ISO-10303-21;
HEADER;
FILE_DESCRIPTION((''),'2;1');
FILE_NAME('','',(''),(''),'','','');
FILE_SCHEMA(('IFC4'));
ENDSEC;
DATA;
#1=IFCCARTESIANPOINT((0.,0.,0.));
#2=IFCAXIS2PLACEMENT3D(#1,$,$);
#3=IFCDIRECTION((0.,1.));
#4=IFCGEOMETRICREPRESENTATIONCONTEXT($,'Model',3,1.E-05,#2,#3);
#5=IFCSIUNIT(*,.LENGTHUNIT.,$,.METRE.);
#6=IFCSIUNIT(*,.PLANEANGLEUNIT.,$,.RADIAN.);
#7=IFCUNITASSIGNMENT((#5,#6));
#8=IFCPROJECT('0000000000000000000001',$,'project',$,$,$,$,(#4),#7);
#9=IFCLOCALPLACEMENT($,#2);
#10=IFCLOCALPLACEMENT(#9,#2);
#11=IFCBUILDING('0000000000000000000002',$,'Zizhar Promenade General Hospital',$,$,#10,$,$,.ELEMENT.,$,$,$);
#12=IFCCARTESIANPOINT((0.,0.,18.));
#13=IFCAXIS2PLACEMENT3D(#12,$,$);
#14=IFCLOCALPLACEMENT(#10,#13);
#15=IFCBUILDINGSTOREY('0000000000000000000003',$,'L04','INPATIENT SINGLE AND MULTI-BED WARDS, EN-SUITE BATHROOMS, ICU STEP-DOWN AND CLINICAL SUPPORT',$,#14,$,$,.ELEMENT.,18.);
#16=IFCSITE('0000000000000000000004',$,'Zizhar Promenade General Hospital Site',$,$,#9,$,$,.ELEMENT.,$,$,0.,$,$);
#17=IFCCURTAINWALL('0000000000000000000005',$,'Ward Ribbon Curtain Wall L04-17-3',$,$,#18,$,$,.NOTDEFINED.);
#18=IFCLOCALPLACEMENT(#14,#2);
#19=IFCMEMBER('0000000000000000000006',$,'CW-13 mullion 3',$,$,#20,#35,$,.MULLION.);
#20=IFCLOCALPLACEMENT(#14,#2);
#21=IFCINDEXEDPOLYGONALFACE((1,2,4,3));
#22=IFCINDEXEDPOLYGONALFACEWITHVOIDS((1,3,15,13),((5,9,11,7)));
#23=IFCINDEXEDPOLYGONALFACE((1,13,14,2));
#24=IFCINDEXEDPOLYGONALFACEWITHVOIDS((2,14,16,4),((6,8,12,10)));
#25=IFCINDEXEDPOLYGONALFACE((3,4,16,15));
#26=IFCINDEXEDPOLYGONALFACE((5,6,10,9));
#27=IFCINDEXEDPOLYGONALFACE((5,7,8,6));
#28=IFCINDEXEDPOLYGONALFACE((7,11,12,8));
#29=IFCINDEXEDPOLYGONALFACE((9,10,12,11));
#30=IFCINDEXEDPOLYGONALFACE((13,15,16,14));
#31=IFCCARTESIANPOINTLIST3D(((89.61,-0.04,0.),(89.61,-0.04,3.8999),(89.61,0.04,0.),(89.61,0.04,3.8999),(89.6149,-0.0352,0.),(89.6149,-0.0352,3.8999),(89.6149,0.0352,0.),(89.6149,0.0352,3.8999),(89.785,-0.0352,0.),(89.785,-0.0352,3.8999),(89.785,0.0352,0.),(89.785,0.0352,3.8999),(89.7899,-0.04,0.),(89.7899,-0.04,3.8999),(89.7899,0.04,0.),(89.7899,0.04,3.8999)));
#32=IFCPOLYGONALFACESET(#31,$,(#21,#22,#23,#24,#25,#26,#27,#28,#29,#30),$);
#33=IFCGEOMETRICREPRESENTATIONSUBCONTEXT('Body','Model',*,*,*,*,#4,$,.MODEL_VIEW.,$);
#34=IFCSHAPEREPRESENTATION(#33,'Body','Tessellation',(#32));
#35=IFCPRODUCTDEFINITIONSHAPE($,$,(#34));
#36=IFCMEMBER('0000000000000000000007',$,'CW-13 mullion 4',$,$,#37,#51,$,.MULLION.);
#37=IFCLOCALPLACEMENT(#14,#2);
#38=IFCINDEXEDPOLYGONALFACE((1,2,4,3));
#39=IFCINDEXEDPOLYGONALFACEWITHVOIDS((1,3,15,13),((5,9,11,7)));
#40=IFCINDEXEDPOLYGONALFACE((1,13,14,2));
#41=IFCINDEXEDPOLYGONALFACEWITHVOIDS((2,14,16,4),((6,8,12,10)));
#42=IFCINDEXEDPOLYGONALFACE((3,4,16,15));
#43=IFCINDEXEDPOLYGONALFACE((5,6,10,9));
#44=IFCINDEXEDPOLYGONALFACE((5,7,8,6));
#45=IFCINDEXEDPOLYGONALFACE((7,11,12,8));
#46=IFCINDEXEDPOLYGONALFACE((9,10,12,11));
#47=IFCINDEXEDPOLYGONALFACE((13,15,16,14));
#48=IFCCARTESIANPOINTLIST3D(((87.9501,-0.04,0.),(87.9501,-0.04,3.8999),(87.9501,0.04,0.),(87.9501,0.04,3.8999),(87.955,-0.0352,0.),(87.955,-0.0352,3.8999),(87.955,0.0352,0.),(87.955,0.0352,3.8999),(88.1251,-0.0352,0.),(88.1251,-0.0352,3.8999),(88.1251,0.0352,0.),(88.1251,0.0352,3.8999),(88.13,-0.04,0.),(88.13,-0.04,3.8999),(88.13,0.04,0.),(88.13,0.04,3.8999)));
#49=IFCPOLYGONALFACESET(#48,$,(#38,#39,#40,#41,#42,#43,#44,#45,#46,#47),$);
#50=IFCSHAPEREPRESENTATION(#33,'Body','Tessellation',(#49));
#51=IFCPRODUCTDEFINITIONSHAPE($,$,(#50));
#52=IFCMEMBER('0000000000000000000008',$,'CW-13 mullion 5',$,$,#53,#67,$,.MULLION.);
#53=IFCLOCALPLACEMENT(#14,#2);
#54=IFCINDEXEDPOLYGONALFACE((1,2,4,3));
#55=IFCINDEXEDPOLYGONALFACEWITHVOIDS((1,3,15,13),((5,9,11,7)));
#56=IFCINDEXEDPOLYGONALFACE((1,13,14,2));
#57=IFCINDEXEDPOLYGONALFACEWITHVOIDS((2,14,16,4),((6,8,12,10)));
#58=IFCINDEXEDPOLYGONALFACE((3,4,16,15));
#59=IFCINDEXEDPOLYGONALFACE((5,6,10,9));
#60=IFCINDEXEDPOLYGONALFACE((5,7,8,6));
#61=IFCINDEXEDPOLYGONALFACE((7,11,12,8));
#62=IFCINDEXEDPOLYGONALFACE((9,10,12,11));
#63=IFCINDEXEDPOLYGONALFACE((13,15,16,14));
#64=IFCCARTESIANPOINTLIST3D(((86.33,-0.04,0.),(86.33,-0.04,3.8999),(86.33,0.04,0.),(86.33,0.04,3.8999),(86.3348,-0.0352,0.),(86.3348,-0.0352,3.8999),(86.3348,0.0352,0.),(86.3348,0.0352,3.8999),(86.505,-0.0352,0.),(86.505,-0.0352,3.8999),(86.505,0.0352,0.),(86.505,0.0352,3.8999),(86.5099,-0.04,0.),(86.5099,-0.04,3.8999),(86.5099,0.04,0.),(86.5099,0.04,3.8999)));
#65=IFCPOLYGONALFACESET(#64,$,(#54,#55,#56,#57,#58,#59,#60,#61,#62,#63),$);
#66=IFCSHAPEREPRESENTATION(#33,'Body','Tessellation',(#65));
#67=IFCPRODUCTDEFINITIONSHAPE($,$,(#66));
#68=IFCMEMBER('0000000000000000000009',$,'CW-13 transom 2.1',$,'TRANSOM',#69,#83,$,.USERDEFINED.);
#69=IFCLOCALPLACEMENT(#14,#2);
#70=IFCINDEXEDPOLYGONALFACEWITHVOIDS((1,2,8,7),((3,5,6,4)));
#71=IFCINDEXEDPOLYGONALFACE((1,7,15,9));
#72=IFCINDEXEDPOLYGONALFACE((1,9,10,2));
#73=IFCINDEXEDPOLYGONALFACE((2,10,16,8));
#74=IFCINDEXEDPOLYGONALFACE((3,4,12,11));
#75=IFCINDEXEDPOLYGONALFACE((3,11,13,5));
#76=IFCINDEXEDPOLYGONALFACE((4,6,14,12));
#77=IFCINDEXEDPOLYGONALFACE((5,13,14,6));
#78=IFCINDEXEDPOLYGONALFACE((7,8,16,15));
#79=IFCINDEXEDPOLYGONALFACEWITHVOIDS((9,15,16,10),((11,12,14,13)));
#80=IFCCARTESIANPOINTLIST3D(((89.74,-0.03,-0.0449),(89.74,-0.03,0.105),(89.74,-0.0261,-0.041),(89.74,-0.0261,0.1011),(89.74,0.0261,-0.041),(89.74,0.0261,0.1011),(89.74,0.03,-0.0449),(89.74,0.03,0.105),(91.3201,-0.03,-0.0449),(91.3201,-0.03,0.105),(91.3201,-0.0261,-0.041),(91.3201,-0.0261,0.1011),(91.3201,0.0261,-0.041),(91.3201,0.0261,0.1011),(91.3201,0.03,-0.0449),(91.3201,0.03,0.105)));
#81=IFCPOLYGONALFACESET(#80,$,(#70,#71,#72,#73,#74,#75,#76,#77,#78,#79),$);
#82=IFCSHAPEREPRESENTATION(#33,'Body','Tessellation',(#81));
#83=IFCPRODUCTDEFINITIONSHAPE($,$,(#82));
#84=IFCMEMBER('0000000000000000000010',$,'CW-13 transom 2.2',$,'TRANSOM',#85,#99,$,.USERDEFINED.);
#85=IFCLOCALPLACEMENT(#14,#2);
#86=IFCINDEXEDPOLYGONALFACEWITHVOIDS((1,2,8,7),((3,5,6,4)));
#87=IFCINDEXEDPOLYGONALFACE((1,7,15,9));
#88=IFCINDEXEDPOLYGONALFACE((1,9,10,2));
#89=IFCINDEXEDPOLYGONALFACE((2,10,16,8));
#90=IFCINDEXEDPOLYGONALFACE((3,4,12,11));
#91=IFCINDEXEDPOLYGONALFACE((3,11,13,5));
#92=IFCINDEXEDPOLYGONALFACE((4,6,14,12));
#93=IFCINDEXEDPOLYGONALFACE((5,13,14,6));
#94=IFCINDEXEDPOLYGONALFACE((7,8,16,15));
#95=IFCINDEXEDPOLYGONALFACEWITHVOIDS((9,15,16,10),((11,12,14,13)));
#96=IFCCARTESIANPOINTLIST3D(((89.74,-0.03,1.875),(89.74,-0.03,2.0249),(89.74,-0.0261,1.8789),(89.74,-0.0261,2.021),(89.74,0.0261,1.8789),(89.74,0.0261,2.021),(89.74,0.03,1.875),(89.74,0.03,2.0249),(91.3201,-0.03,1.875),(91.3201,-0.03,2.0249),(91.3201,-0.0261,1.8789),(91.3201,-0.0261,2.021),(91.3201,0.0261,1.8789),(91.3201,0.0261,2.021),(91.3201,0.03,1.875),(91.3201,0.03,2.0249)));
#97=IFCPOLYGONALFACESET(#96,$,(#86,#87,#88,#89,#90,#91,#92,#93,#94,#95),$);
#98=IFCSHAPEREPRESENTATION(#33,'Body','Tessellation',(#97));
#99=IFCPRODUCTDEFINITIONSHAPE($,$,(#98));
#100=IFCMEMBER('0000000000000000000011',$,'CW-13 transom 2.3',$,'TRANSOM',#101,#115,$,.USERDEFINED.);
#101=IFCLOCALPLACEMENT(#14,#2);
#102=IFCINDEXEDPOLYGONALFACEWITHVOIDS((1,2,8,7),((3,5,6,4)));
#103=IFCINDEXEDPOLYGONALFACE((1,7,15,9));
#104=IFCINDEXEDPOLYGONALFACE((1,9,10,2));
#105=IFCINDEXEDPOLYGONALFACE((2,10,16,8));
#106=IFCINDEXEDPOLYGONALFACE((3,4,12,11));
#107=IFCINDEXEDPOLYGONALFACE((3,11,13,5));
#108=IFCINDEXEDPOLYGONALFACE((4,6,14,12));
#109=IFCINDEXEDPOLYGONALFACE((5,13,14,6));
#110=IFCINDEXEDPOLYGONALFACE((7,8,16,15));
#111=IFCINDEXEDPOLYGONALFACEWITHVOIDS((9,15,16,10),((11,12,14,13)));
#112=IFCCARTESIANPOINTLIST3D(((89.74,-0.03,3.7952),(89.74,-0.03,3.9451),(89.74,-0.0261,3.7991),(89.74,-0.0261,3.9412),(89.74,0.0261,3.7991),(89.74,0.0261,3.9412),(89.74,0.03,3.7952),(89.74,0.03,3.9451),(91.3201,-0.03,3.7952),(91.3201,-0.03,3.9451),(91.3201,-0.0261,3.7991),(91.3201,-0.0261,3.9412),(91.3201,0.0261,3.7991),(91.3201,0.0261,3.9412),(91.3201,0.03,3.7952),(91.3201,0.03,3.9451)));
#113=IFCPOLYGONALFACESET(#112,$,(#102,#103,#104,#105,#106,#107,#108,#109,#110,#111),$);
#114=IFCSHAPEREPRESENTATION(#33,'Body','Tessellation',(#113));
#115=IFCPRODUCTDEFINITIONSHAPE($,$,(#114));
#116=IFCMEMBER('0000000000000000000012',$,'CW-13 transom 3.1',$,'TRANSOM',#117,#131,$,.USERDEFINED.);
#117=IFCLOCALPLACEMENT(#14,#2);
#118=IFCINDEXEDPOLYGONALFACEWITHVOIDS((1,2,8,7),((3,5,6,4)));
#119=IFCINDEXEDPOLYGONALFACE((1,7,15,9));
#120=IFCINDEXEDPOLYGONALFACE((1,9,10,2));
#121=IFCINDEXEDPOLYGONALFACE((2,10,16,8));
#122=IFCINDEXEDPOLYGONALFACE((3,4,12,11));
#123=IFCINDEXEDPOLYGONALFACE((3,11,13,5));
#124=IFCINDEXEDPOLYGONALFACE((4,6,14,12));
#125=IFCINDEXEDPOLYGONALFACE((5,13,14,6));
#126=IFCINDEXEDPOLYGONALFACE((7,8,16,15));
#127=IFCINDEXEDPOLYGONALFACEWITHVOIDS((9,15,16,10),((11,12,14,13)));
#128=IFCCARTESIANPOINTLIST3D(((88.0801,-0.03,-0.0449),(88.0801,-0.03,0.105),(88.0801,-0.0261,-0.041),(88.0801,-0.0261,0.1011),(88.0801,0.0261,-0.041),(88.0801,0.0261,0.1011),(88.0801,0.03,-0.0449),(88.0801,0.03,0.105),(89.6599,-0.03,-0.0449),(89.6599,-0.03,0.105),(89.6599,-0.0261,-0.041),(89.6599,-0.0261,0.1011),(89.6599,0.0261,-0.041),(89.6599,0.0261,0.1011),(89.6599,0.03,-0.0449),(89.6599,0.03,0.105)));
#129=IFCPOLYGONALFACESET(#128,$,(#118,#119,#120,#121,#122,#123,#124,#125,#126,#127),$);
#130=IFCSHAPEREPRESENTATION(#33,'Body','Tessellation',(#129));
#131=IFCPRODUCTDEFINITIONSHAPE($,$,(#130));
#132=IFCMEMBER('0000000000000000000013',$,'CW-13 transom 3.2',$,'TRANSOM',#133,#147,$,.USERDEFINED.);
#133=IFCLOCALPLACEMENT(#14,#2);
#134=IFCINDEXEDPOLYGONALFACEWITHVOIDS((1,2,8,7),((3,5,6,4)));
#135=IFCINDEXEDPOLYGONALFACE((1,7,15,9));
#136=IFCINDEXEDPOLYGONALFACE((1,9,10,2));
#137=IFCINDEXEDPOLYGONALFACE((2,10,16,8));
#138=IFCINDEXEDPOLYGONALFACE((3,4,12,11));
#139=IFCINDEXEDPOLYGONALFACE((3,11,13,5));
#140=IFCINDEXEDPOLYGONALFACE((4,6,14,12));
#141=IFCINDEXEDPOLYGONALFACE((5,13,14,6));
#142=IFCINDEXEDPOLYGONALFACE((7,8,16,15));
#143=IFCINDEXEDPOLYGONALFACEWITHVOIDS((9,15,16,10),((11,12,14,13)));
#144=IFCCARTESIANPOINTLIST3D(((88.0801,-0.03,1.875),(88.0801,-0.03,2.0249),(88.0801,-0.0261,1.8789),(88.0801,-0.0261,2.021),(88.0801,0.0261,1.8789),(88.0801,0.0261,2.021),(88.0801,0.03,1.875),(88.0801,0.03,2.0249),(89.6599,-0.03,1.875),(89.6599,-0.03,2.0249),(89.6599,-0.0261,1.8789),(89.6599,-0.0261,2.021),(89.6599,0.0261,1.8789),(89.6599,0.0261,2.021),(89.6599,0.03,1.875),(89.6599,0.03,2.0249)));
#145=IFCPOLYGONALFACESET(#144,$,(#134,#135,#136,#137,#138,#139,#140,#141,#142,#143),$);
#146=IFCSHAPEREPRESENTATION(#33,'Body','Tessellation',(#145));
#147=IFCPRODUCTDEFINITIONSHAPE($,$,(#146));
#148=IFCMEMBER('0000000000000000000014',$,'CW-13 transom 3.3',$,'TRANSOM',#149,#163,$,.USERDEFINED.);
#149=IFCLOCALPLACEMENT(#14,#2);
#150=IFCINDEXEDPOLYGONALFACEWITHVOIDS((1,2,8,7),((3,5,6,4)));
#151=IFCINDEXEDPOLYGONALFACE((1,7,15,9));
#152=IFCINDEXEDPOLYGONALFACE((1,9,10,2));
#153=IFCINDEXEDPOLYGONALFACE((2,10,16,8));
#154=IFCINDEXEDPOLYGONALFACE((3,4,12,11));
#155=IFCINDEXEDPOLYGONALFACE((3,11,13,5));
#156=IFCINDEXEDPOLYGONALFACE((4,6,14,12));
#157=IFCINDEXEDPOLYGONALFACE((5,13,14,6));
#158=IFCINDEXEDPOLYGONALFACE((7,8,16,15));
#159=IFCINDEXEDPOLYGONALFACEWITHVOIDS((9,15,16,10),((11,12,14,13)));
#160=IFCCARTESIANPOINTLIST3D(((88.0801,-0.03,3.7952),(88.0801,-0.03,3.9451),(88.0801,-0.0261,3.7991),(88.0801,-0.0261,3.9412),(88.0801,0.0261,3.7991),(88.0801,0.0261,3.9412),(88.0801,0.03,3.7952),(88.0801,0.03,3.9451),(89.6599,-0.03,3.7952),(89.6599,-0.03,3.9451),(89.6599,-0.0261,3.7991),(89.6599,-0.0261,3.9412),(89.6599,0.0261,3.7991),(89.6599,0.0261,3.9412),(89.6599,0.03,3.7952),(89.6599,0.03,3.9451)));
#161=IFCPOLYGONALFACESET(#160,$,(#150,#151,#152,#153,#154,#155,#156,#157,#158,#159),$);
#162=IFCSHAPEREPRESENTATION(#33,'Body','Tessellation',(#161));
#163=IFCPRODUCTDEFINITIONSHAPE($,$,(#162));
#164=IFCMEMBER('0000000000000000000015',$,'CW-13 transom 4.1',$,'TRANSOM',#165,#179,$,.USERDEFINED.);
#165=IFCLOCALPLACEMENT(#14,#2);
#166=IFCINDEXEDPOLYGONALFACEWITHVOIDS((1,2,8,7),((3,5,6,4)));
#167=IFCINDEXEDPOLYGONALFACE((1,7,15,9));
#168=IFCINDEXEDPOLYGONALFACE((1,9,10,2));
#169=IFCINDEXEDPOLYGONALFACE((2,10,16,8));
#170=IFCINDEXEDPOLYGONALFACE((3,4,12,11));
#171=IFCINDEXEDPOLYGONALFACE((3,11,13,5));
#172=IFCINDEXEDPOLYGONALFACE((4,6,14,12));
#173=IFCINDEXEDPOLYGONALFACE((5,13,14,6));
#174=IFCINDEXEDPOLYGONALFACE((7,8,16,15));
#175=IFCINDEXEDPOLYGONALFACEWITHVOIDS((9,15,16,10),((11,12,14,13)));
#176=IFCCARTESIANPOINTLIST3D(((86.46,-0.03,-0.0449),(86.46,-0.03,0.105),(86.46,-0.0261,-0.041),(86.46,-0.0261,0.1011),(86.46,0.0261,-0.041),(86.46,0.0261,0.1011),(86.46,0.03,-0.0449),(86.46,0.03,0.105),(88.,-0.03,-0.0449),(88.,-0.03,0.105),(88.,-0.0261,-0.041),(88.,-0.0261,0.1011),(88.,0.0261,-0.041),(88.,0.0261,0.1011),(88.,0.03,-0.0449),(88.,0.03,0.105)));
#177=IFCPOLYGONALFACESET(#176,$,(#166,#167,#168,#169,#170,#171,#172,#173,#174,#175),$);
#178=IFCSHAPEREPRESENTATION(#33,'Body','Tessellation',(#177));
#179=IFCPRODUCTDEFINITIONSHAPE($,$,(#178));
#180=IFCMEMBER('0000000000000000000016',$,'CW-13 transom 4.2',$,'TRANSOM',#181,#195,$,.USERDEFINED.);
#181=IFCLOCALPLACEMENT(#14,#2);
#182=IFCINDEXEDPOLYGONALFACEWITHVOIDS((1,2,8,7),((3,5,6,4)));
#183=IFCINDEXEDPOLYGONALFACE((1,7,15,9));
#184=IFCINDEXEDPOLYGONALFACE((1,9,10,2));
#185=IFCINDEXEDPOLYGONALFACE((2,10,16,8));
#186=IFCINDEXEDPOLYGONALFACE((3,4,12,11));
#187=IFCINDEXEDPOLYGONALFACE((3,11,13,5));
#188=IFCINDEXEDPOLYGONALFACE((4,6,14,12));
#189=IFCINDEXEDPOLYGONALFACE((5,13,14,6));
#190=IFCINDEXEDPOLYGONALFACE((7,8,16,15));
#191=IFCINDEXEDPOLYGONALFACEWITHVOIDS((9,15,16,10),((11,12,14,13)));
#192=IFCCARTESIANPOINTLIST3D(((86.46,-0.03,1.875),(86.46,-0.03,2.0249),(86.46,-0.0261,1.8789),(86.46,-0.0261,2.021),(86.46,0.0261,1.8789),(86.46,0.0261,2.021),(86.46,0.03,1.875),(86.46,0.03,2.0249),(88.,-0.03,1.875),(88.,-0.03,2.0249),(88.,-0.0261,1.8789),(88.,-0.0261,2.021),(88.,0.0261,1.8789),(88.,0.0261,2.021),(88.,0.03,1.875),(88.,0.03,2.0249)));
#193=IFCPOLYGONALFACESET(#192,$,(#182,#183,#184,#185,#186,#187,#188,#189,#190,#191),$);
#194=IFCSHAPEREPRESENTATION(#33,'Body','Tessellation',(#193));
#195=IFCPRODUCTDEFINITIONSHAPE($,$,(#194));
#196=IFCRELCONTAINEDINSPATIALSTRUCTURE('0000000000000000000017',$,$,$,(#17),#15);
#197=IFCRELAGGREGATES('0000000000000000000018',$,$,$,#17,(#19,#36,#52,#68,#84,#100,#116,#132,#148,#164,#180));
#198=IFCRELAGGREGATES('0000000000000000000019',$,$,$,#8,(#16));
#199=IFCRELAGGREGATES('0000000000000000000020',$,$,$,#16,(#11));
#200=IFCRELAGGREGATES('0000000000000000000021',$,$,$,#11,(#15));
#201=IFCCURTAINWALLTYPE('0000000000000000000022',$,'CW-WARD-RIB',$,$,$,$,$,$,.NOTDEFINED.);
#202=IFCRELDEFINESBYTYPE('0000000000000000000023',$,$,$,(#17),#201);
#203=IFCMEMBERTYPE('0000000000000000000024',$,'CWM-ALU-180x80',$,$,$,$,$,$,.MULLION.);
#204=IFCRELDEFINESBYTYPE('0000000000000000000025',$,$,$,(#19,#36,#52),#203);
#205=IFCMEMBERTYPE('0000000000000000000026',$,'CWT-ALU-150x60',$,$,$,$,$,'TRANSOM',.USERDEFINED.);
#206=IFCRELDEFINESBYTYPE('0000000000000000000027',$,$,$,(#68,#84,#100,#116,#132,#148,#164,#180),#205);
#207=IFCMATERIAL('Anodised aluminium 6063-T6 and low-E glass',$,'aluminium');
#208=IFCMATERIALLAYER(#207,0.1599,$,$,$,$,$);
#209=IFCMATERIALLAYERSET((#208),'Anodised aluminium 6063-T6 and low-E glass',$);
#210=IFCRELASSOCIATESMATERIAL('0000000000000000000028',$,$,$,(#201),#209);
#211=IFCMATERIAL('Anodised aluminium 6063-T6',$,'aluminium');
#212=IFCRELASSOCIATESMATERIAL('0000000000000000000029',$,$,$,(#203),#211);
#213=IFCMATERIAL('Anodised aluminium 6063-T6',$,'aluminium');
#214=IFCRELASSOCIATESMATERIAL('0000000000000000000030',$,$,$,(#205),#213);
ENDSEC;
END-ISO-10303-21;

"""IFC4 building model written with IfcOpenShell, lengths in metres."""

from ifc_helpers import new_model, si_unit, direction, frame, origin, origin_2d, place, context, subcontext, project, spatial, hollow_rectangle, extrude, material, layer, layer_set, material_profile, profile_set, type_object, element, aggregate, save


model = new_model("IFC4")

# Units and contexts
model_context = context("Model", 3, precision=1e-05, world=origin(), true_north=direction((0.0, 1.0)))
body_context = subcontext(model_context, "Body", "Model", "MODEL_VIEW")
ifc_project = project(units=[si_unit("LENGTHUNIT", "METRE"), si_unit("PLANEANGLEUNIT", "RADIAN")], contexts=[model_context])

# Site, building, storey
site_placement = place(None, origin())
site = spatial("IfcSite", under=ifc_project, at=site_placement, Name="Zizhar Promenade General Hospital Site", CompositionType="ELEMENT", RefElevation=0.0)
building_placement = place(site_placement, origin())
building = spatial("IfcBuilding", under=site, at=building_placement, Name="Zizhar Promenade General Hospital", CompositionType="ELEMENT")
storey_placement = place(building_placement, frame((0.0, 0.0, 18.0)))
storey = spatial("IfcBuildingStorey", under=building, at=storey_placement, Name="L04", Description="INPATIENT SINGLE AND MULTI-BED WARDS, EN-SUITE BATHROOMS, ICU STEP-DOWN AND CLINICAL SUPPORT", CompositionType="ELEMENT", Elevation=18.0)

# Curtain wall, members
ifc_material_1 = material(Name="Anodised aluminium 6063-T6 and low-E glass", Category="aluminium")
ifc_layer_1 = layer(ifc_material_1, 0.1599)
ifc_layer_set_1 = layer_set([ifc_layer_1], Name="Anodised aluminium 6063-T6 and low-E glass")
curtain_wall_type = type_object("IfcCurtainWallType", Name="CW-WARD-RIB", PredefinedType="NOTDEFINED", material=ifc_layer_set_1)
curtain_wall_placement = place(storey_placement, origin())
curtain_wall = element("IfcCurtainWall", 1, at=curtain_wall_placement, inside=storey, type_object=curtain_wall_type, Name="Ward Ribbon Curtain Wall L04-17-3", PredefinedType="NOTDEFINED")
ifc_material_2 = material(Name="Anodised aluminium 6063-T6", Category="aluminium")
ifc_material_profile_1 = material_profile(ifc_material_2, hollow_rectangle(XDim=0.0801, YDim=0.1799, WallThickness=0.0049, at=origin_2d()))
ifc_profile_set_1 = profile_set([ifc_material_profile_1], Name="Anodised aluminium 6063-T6")
member_type_1 = type_object("IfcMemberType", Name="CWM-ALU-180x80", PredefinedType="MULLION", material=ifc_profile_set_1)
member_1_placement = place(storey_placement, frame((89.7, 0.0, 0.0), z_axis=(0.0, 0.0, 1.0), x_axis=(0.0, -1.0, 0.0)))
member_1 = element("IfcMember", 2, at=member_1_placement, type_object=member_type_1, Name="CW-13 mullion 3", PredefinedType="MULLION", context=body_context, shape_type="SweptSolid", body=[
    extrude(hollow_rectangle(XDim=0.0801, YDim=0.1799, WallThickness=0.0049, at=origin_2d()), origin(), (0.0, 0.0, 1.0), 3.8999),
])
member_2_placement = place(storey_placement, frame((88.04, 0.0, 0.0), z_axis=(0.0, 0.0, 1.0), x_axis=(0.0, -1.0, 0.0)))
member_2 = element("IfcMember", 3, at=member_2_placement, type_object=member_type_1, Name="CW-13 mullion 4", PredefinedType="MULLION", context=body_context, shape_type="SweptSolid", body=[
    extrude(hollow_rectangle(XDim=0.0801, YDim=0.1799, WallThickness=0.0049, at=origin_2d()), origin(), (0.0, 0.0, 1.0), 3.8999),
])
member_3_placement = place(storey_placement, frame((86.4199, 0.0, 0.0), z_axis=(0.0, 0.0, 1.0), x_axis=(0.0, -1.0, 0.0)))
member_3 = element("IfcMember", 4, at=member_3_placement, type_object=member_type_1, Name="CW-13 mullion 5", PredefinedType="MULLION", context=body_context, shape_type="SweptSolid", body=[
    extrude(hollow_rectangle(XDim=0.0801, YDim=0.1799, WallThickness=0.0049, at=origin_2d()), origin(), (0.0, 0.0, 1.0), 3.8999),
])
ifc_material_3 = material(Name="Anodised aluminium 6063-T6", Category="aluminium")
ifc_material_profile_2 = material_profile(ifc_material_3, hollow_rectangle(XDim=0.0601, YDim=0.1499, WallThickness=0.0039, at=origin_2d()))
ifc_profile_set_2 = profile_set([ifc_material_profile_2], Name="Anodised aluminium 6063-T6")
member_type_2 = type_object("IfcMemberType", Name="CWT-ALU-150x60", ElementType="TRANSOM", PredefinedType="USERDEFINED", material=ifc_profile_set_2)
member_4_placement = place(storey_placement, frame((91.3201, 0.0, 0.03), z_axis=(-1.0, 0.0, 0.0), x_axis=(0.0, -1.0, 0.0)))
member_4 = element("IfcMember", 5, at=member_4_placement, type_object=member_type_2, Name="CW-13 transom 2.1", ObjectType="TRANSOM", PredefinedType="USERDEFINED", context=body_context, shape_type="SweptSolid", body=[
    extrude(hollow_rectangle(XDim=0.0601, YDim=0.1499, WallThickness=0.0039, at=origin_2d()), origin(), (0.0, 0.0, 1.0), 1.5801),
])
member_5_placement = place(storey_placement, frame((91.3201, 0.0, 1.95), z_axis=(-1.0, 0.0, 0.0), x_axis=(0.0, -1.0, 0.0)))
member_5 = element("IfcMember", 6, at=member_5_placement, type_object=member_type_2, Name="CW-13 transom 2.2", ObjectType="TRANSOM", PredefinedType="USERDEFINED", context=body_context, shape_type="SweptSolid", body=[
    extrude(hollow_rectangle(XDim=0.0601, YDim=0.1499, WallThickness=0.0039, at=origin_2d()), origin(), (0.0, 0.0, 1.0), 1.5801),
])
member_6_placement = place(storey_placement, frame((91.3201, 0.0, 3.8701), z_axis=(-1.0, 0.0, 0.0), x_axis=(0.0, -1.0, 0.0)))
member_6 = element("IfcMember", 7, at=member_6_placement, type_object=member_type_2, Name="CW-13 transom 2.3", ObjectType="TRANSOM", PredefinedType="USERDEFINED", context=body_context, shape_type="SweptSolid", body=[
    extrude(hollow_rectangle(XDim=0.0601, YDim=0.1499, WallThickness=0.0039, at=origin_2d()), origin(), (0.0, 0.0, 1.0), 1.5801),
])
member_7_placement = place(storey_placement, frame((89.6599, 0.0, 0.03), z_axis=(-1.0, 0.0, 0.0), x_axis=(0.0, -1.0, 0.0)))
member_7 = element("IfcMember", 8, at=member_7_placement, type_object=member_type_2, Name="CW-13 transom 3.1", ObjectType="TRANSOM", PredefinedType="USERDEFINED", context=body_context, shape_type="SweptSolid", body=[
    extrude(hollow_rectangle(XDim=0.0601, YDim=0.1499, WallThickness=0.0039, at=origin_2d()), origin(), (0.0, 0.0, 1.0), 1.5798),
])
member_8_placement = place(storey_placement, frame((89.6599, 0.0, 1.95), z_axis=(-1.0, 0.0, 0.0), x_axis=(0.0, -1.0, 0.0)))
member_8 = element("IfcMember", 9, at=member_8_placement, type_object=member_type_2, Name="CW-13 transom 3.2", ObjectType="TRANSOM", PredefinedType="USERDEFINED", context=body_context, shape_type="SweptSolid", body=[
    extrude(hollow_rectangle(XDim=0.0601, YDim=0.1499, WallThickness=0.0039, at=origin_2d()), origin(), (0.0, 0.0, 1.0), 1.5798),
])
member_9_placement = place(storey_placement, frame((89.6599, 0.0, 3.8701), z_axis=(-1.0, 0.0, 0.0), x_axis=(0.0, -1.0, 0.0)))
member_9 = element("IfcMember", 10, at=member_9_placement, type_object=member_type_2, Name="CW-13 transom 3.3", ObjectType="TRANSOM", PredefinedType="USERDEFINED", context=body_context, shape_type="SweptSolid", body=[
    extrude(hollow_rectangle(XDim=0.0601, YDim=0.1499, WallThickness=0.0039, at=origin_2d()), origin(), (0.0, 0.0, 1.0), 1.5798),
])
member_10_placement = place(storey_placement, frame((88.0, 0.0, 0.03), z_axis=(-1.0, 0.0, 0.0), x_axis=(0.0, -1.0, 0.0)))
member_10 = element("IfcMember", 11, at=member_10_placement, type_object=member_type_2, Name="CW-13 transom 4.1", ObjectType="TRANSOM", PredefinedType="USERDEFINED", context=body_context, shape_type="SweptSolid", body=[
    extrude(hollow_rectangle(XDim=0.0601, YDim=0.1499, WallThickness=0.0039, at=origin_2d()), origin(), (0.0, 0.0, 1.0), 1.54),
])
member_11_placement = place(storey_placement, frame((88.0, 0.0, 1.95), z_axis=(-1.0, 0.0, 0.0), x_axis=(0.0, -1.0, 0.0)))
member_11 = element("IfcMember", 12, at=member_11_placement, type_object=member_type_2, Name="CW-13 transom 4.2", ObjectType="TRANSOM", PredefinedType="USERDEFINED", context=body_context, shape_type="SweptSolid", body=[
    extrude(hollow_rectangle(XDim=0.0601, YDim=0.1499, WallThickness=0.0039, at=origin_2d()), origin(), (0.0, 0.0, 1.0), 1.54),
])
aggregate(curtain_wall, [member_1, member_2, member_3, member_4, member_5, member_6, member_7, member_8, member_9, member_10, member_11])

save(model, "model.ifc")
